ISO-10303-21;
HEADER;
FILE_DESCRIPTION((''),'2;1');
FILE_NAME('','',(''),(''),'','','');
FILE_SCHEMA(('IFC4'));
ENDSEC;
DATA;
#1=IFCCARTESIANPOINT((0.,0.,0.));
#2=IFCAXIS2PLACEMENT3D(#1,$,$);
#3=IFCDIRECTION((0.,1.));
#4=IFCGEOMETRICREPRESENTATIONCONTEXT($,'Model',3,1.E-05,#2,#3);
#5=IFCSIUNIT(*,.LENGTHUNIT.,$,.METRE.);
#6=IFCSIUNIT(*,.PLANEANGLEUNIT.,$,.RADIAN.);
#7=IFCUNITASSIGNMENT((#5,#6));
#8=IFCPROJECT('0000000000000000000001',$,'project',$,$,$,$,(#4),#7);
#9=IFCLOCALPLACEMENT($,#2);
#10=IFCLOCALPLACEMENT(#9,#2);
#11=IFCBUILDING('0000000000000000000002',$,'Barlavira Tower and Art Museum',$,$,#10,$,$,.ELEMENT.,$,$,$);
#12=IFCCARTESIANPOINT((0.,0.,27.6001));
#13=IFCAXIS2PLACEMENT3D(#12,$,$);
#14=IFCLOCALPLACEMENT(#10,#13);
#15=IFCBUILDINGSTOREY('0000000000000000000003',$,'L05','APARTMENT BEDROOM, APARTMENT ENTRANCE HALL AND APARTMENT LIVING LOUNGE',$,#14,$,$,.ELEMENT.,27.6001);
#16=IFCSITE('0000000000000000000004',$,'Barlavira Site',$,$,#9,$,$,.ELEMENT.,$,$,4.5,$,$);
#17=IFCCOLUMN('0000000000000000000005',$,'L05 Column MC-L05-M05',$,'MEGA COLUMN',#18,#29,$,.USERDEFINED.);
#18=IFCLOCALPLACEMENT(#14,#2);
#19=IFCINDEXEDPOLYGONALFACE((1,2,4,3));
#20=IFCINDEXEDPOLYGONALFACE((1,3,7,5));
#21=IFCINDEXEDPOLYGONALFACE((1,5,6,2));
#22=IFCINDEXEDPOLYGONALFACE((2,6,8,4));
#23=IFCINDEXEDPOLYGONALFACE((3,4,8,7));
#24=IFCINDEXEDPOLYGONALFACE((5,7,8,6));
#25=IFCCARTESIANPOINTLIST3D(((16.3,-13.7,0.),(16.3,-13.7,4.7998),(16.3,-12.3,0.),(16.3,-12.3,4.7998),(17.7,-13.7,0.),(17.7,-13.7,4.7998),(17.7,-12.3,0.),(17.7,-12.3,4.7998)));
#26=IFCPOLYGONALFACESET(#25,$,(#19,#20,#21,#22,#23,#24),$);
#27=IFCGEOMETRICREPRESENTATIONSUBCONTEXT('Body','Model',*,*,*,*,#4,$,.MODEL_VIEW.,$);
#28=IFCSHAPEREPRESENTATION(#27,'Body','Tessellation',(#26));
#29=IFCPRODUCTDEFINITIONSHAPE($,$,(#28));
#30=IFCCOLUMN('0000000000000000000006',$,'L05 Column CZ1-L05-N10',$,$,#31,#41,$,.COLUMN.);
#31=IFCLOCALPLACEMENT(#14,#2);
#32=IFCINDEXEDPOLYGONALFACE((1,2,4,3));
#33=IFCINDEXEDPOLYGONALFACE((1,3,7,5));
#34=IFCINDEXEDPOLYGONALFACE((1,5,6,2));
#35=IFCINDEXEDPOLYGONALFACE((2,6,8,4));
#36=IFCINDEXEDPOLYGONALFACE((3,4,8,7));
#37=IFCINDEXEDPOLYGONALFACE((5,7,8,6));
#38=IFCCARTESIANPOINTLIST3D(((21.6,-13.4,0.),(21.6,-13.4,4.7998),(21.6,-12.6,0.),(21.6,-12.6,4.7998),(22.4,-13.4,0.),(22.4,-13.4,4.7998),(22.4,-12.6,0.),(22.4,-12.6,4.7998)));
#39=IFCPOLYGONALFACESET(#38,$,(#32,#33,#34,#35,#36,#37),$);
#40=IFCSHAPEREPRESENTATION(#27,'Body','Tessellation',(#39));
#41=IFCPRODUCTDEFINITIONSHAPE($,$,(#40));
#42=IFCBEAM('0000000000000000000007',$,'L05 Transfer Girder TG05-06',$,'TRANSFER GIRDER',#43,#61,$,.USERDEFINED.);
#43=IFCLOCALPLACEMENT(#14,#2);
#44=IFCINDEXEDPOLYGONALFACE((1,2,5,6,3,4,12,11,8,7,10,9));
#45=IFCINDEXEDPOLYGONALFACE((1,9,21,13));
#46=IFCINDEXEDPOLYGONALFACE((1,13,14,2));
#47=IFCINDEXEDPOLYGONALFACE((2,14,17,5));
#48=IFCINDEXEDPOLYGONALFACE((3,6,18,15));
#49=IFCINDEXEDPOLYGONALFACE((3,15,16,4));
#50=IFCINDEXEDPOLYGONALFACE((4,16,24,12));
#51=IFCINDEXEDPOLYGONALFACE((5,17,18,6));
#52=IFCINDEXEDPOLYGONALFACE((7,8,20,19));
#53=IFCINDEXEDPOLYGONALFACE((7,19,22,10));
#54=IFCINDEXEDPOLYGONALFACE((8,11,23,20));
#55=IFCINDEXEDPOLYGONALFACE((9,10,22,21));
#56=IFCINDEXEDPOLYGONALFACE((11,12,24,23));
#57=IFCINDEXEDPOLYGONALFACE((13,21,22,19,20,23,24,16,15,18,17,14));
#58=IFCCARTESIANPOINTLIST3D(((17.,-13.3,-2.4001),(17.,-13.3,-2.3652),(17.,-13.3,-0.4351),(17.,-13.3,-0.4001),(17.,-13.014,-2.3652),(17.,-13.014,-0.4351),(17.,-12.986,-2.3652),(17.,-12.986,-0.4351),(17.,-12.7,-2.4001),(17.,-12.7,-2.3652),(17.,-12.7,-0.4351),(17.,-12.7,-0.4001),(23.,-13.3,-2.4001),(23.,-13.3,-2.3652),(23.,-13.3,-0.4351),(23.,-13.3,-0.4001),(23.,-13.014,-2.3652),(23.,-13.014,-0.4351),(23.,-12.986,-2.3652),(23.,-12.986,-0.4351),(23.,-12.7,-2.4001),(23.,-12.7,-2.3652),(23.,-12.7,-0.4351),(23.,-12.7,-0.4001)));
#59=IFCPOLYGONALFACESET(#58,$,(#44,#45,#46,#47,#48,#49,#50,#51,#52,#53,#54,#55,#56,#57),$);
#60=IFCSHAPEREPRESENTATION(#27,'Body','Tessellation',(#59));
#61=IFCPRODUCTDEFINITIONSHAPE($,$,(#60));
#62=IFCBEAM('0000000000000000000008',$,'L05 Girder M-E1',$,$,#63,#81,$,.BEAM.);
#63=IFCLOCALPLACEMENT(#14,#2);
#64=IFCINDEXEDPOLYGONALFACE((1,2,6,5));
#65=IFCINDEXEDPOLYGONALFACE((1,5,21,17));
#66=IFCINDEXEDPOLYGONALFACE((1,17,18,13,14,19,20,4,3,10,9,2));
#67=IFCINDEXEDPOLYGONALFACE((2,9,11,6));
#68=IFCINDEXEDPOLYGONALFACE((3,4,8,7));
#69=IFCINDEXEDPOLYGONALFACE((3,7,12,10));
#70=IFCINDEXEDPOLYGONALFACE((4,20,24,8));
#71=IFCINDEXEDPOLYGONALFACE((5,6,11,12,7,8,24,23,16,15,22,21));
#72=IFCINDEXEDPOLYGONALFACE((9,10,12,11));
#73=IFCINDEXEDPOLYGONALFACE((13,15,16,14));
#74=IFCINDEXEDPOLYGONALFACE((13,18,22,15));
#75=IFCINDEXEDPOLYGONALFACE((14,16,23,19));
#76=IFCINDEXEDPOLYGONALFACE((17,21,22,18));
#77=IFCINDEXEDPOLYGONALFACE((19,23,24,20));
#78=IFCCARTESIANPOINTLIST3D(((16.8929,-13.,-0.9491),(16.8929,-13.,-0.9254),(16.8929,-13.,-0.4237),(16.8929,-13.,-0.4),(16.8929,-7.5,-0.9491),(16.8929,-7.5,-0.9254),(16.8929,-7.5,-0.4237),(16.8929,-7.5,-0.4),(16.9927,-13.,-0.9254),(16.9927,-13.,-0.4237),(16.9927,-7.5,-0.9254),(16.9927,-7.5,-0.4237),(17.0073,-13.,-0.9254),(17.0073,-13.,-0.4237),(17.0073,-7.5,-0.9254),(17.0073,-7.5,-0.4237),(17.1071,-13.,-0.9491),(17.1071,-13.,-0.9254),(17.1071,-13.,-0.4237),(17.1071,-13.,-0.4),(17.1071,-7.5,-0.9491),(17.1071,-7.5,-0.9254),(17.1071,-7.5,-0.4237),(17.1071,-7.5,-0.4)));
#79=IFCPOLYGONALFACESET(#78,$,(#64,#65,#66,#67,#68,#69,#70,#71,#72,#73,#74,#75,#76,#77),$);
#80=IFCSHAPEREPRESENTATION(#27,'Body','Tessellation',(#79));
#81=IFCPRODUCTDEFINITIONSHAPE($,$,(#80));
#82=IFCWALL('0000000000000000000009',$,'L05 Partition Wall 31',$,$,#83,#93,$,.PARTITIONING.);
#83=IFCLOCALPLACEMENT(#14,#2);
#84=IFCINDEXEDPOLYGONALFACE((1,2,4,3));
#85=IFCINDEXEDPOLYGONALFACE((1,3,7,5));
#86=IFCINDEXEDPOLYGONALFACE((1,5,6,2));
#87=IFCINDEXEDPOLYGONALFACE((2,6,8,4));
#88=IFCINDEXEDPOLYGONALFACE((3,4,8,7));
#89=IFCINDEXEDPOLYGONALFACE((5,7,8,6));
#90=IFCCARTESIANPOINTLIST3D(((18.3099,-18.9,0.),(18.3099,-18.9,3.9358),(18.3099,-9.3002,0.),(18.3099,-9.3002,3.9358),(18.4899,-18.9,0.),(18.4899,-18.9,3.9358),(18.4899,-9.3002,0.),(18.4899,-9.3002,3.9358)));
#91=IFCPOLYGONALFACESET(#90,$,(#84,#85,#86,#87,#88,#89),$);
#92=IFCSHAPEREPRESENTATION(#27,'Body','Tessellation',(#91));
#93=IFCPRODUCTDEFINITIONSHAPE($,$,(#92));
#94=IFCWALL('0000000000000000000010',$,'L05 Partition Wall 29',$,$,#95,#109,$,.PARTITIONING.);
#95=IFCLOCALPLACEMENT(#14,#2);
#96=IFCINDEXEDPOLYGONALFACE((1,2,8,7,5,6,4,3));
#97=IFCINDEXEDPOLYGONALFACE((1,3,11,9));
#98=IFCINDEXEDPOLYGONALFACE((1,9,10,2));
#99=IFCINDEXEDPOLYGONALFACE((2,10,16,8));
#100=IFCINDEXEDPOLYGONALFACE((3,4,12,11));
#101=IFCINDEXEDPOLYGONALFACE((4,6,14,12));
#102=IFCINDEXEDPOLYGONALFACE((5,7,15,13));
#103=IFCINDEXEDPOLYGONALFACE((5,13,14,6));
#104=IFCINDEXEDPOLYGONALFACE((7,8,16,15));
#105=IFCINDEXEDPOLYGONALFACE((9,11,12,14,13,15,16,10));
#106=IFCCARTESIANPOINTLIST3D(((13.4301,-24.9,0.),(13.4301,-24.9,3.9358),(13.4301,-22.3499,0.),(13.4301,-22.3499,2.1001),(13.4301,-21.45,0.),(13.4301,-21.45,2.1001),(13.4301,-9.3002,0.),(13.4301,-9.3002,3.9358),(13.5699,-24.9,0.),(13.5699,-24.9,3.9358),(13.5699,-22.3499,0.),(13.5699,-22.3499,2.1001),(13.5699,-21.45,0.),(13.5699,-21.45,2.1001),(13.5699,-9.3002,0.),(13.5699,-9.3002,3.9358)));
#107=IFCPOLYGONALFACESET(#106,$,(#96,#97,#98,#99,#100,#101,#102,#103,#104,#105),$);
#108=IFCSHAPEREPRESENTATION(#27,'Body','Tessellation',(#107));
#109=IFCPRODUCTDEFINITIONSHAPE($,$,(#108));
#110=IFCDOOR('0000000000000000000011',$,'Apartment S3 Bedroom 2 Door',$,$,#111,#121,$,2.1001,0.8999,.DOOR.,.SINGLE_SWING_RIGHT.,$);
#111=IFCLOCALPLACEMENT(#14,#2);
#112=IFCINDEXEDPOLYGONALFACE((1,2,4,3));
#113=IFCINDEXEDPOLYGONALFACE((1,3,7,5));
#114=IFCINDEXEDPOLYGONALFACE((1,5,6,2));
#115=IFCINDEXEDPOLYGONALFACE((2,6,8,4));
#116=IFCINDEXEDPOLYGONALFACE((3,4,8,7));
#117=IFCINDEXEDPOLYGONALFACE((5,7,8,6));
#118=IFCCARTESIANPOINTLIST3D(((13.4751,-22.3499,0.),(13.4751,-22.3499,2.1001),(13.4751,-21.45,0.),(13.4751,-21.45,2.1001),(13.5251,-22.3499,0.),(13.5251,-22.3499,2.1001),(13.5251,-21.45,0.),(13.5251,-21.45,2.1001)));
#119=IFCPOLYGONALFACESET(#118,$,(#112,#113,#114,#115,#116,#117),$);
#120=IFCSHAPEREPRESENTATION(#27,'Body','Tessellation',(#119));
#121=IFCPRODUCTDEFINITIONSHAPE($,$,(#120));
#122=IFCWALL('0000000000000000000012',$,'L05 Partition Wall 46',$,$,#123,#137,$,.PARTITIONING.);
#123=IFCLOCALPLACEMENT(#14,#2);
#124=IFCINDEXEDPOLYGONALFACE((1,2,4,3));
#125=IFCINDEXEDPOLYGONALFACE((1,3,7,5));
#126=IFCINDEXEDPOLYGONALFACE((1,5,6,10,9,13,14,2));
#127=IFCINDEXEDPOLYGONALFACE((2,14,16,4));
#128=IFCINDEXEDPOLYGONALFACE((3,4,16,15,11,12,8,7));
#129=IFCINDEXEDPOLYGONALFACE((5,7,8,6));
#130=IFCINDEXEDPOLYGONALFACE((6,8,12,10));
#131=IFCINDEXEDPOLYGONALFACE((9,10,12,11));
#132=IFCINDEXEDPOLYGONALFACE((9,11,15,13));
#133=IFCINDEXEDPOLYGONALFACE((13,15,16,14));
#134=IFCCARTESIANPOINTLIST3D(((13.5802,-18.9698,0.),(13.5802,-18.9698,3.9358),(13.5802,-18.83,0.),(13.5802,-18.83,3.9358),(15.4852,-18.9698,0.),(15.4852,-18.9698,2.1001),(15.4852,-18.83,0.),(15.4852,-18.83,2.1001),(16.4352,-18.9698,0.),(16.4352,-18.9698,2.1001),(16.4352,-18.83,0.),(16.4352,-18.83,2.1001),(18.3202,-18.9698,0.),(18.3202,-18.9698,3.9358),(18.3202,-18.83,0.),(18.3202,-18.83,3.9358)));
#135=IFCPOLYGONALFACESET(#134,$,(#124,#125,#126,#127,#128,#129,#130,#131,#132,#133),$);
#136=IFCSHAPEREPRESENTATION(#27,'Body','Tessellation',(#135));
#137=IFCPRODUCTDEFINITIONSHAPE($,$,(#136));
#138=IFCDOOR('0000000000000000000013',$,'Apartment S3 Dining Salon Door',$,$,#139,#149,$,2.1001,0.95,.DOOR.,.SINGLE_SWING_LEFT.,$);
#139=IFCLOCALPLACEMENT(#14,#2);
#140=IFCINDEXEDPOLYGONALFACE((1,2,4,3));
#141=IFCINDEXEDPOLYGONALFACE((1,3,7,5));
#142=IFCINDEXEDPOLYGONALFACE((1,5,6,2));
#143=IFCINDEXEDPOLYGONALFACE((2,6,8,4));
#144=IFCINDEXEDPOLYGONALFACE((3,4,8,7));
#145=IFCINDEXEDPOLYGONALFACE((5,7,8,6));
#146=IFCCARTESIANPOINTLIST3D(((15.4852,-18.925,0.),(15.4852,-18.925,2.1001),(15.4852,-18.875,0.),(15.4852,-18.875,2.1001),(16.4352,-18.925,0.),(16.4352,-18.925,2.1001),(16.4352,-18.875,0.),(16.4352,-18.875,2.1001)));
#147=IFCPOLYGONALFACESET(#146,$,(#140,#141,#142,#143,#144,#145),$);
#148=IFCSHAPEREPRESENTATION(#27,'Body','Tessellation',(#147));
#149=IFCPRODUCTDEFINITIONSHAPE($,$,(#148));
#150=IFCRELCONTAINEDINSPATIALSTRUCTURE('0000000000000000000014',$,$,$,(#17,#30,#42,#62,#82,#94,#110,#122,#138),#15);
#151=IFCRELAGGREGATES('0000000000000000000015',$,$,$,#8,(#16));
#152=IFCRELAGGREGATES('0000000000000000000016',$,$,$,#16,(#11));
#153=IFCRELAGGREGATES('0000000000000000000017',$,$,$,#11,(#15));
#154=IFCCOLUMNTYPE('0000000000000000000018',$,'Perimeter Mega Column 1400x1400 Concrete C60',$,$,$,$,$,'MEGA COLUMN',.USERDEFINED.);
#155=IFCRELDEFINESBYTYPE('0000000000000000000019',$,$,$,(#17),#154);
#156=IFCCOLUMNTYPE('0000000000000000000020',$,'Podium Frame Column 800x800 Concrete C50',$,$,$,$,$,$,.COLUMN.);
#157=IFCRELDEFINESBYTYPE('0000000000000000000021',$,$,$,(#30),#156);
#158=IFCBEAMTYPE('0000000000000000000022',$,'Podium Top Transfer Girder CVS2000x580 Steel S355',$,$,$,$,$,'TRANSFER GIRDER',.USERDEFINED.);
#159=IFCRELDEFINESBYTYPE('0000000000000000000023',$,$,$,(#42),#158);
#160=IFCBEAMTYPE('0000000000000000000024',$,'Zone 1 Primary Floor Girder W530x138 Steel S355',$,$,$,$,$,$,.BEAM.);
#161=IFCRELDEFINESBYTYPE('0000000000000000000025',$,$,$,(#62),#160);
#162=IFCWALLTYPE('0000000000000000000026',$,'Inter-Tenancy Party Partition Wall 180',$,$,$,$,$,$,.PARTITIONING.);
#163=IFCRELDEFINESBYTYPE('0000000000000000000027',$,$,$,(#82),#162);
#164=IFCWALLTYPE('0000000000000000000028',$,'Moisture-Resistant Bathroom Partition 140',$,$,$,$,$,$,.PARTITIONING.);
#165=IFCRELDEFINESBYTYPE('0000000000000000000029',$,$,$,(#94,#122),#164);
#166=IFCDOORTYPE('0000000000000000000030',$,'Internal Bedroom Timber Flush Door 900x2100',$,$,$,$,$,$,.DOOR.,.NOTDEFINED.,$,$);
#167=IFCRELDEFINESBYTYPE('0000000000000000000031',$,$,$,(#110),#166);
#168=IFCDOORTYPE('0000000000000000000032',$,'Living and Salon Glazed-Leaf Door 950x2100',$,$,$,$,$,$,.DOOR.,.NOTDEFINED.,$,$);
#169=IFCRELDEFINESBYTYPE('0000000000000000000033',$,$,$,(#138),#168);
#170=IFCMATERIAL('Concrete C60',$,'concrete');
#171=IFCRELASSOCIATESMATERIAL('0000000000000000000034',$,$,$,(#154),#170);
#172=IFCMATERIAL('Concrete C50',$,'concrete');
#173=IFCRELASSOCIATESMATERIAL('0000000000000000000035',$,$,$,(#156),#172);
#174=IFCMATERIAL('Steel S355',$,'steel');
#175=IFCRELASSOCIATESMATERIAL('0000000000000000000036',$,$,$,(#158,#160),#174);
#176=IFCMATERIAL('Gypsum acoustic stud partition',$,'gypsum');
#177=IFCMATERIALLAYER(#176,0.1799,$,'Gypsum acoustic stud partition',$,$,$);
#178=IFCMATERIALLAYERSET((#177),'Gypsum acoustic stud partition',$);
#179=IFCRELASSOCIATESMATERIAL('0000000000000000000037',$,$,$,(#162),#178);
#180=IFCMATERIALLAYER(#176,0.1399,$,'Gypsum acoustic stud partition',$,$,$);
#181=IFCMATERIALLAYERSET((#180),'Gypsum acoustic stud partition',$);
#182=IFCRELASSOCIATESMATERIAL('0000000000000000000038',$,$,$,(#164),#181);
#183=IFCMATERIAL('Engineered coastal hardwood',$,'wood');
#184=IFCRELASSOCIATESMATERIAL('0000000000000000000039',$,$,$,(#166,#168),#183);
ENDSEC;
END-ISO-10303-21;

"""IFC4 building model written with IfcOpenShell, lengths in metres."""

from ifc_helpers import new_model, si_unit, direction, frame, frame_2d, origin, origin_2d, place, context, subcontext, project, spatial, rectangle, i_section, extrude, material, layer, layer_set, material_profile, profile_set, type_object, element, fill, save


model = new_model("IFC4")

# Units and contexts
model_context = context("Model", 3, precision=1e-05, world=origin(), true_north=direction((0.0, 1.0)))
body_context = subcontext(model_context, "Body", "Model", "MODEL_VIEW")
ifc_project = project(units=[si_unit("LENGTHUNIT", "METRE"), si_unit("PLANEANGLEUNIT", "RADIAN")], contexts=[model_context])

# Site, building, storey
site_placement = place(None, origin())
site = spatial("IfcSite", under=ifc_project, at=site_placement, Name="Barlavira Site", CompositionType="ELEMENT", RefElevation=4.5)
building_placement = place(site_placement, origin())
building = spatial("IfcBuilding", under=site, at=building_placement, Name="Barlavira Tower and Art Museum", CompositionType="ELEMENT")
storey_placement = place(building_placement, frame((0.0, 0.0, 27.6001)))
storey = spatial("IfcBuildingStorey", under=building, at=storey_placement, Name="L05", Description="APARTMENT BEDROOM, APARTMENT ENTRANCE HALL AND APARTMENT LIVING LOUNGE", CompositionType="ELEMENT", Elevation=27.6001)

# Columns
ifc_material_1 = material(Name="Concrete C60", Category="concrete")
ifc_material_profile_1 = material_profile(ifc_material_1, rectangle(XDim=1.3999, YDim=1.3999, at=origin_2d()), Name="RC-MCOL 1400x1400")
ifc_profile_set_1 = profile_set([ifc_material_profile_1], Name="Concrete C60")
column_type_1 = type_object("IfcColumnType", Name="Perimeter Mega Column 1400x1400 Concrete C60", ElementType="MEGA COLUMN", PredefinedType="USERDEFINED", material=ifc_profile_set_1)
column_1_placement = place(storey_placement, frame((17.0, -13.0, 0.0), z_axis=(0.0, 0.0, 1.0), x_axis=(1.0, 0.0, 0.0)))
element("IfcColumn", 1, at=column_1_placement, inside=storey, type_object=column_type_1, Name="L05 Column MC-L05-M05", ObjectType="MEGA COLUMN", PredefinedType="USERDEFINED", context=body_context, shape_type="SweptSolid", body=[
    extrude(rectangle(XDim=1.3999, YDim=1.3999, at=origin_2d()), origin(), (0.0, 0.0, 1.0), 4.7998),
])
ifc_material_2 = material(Name="Concrete C50", Category="concrete")
ifc_material_profile_2 = material_profile(ifc_material_2, rectangle(XDim=0.8, YDim=0.8, at=origin_2d()), Name="RC-COL 800x800")
ifc_profile_set_2 = profile_set([ifc_material_profile_2], Name="Concrete C50")
column_type_2 = type_object("IfcColumnType", Name="Podium Frame Column 800x800 Concrete C50", PredefinedType="COLUMN", material=ifc_profile_set_2)
column_2_placement = place(storey_placement, frame((22.0, -13.0, 0.0), z_axis=(0.0, 0.0, 1.0), x_axis=(1.0, 0.0, 0.0)))
element("IfcColumn", 2, at=column_2_placement, inside=storey, type_object=column_type_2, Name="L05 Column CZ1-L05-N10", PredefinedType="COLUMN", context=body_context, shape_type="SweptSolid", body=[
    extrude(rectangle(XDim=0.8, YDim=0.8, at=origin_2d()), origin(), (0.0, 0.0, 1.0), 4.7998),
])

# Beams
ifc_material_3 = material(Name="Steel S355", Category="steel")
ifc_material_profile_3 = material_profile(ifc_material_3, i_section(OverallWidth=0.6001, OverallDepth=2.0, WebThickness=0.0281, FlangeThickness=0.0349, at=origin_2d()), Name="CVS2000x580")
ifc_profile_set_3 = profile_set([ifc_material_profile_3], Name="Steel S355")
beam_type_1 = type_object("IfcBeamType", Name="Podium Top Transfer Girder CVS2000x580 Steel S355", ElementType="TRANSFER GIRDER", PredefinedType="USERDEFINED", material=ifc_profile_set_3)
beam_1_placement = place(storey_placement, frame((17.0, -13.0, -1.4001), z_axis=(1.0, 0.0, 0.0), x_axis=(0.0, 1.0, 0.0)))
element("IfcBeam", 3, at=beam_1_placement, inside=storey, type_object=beam_type_1, Name="L05 Transfer Girder TG05-06", ObjectType="TRANSFER GIRDER", PredefinedType="USERDEFINED", context=body_context, shape_type="SweptSolid", body=[
    extrude(i_section(OverallWidth=0.6001, OverallDepth=2.0, WebThickness=0.0281, FlangeThickness=0.0349, at=origin_2d()), origin(), (0.0, 0.0, 1.0), 6.0),
])
ifc_material_profile_4 = material_profile(ifc_material_3, i_section(OverallWidth=0.2141, OverallDepth=0.5491, WebThickness=0.0146, FlangeThickness=0.0237, at=origin_2d()), Name="W530x138.0")
ifc_profile_set_4 = profile_set([ifc_material_profile_4], Name="Steel S355")
beam_type_2 = type_object("IfcBeamType", Name="Zone 1 Primary Floor Girder W530x138 Steel S355", PredefinedType="BEAM", material=ifc_profile_set_4)
beam_2_placement = place(storey_placement, frame((17.0, -13.0, -0.6746), z_axis=(0.0, 1.0, 0.0), x_axis=(-1.0, 0.0, 0.0)))
element("IfcBeam", 4, at=beam_2_placement, inside=storey, type_object=beam_type_2, Name="L05 Girder M-E1", PredefinedType="BEAM", context=body_context, shape_type="SweptSolid", body=[
    extrude(i_section(OverallWidth=0.2141, OverallDepth=0.5491, WebThickness=0.0146, FlangeThickness=0.0237, at=origin_2d()), origin(), (0.0, 0.0, 1.0), 5.5),
])

# Wall
ifc_material_4 = material(Name="Gypsum acoustic stud partition", Category="gypsum")
ifc_layer_1 = layer(ifc_material_4, 0.1799, Name="Gypsum acoustic stud partition")
ifc_layer_set_1 = layer_set([ifc_layer_1], Name="Gypsum acoustic stud partition")
wall_type_1 = type_object("IfcWallType", Name="Inter-Tenancy Party Partition Wall 180", PredefinedType="PARTITIONING", material=ifc_layer_set_1)
wall_1_placement = place(storey_placement, frame((18.3999, -18.8999, 0.0), z_axis=(0.0, 0.0, 1.0), x_axis=(0.0, 1.0, 0.0)))
element("IfcWall", 5, at=wall_1_placement, inside=storey, type_object=wall_type_1, Name="L05 Partition Wall 31", PredefinedType="PARTITIONING", context=body_context, shape_type="SweptSolid", body=[
    extrude(rectangle(XDim=9.5999, YDim=0.1799, at=frame_2d((4.7998, 0.0))), origin(), (0.0, 0.0, 1.0), 3.9358),
])

# Walls, openings, doors
ifc_layer_2 = layer(ifc_material_4, 0.1399, Name="Gypsum acoustic stud partition")
ifc_layer_set_2 = layer_set([ifc_layer_2], Name="Gypsum acoustic stud partition")
wall_type_2 = type_object("IfcWallType", Name="Moisture-Resistant Bathroom Partition 140", PredefinedType="PARTITIONING", material=ifc_layer_set_2)
wall_2_placement = place(storey_placement, frame((13.5, -24.8999, 0.0), z_axis=(0.0, 0.0, 1.0), x_axis=(0.0, 1.0, 0.0)))
wall_2 = element("IfcWall", 6, at=wall_2_placement, inside=storey, type_object=wall_type_2, Name="L05 Partition Wall 29", PredefinedType="PARTITIONING", context=body_context, shape_type="SweptSolid", body=[
    extrude(rectangle(XDim=15.5999, YDim=0.1399, at=frame_2d((7.7998, 0.0))), origin(), (0.0, 0.0, 1.0), 3.9358),
])
opening_1_placement = place(wall_2_placement, frame((2.55, 0.0, 0.0)))
opening_1 = element("IfcOpeningElement", 7, at=opening_1_placement, cuts=wall_2, PredefinedType="OPENING", context=body_context, shape_type="SweptSolid", body=[
    extrude(rectangle(XDim=0.8999, YDim=2.1001, at=frame_2d((0.45, 1.05))), frame((0.0, 0.0801, 0.0), z_axis=(0.0, -1.0, 0.0), x_axis=(1.0, 0.0, 0.0)), (0.0, 0.0, 1.0), 0.1599),
])
ifc_material_5 = material(Name="Engineered coastal hardwood", Category="wood")
door_type_1 = type_object("IfcDoorType", Name="Internal Bedroom Timber Flush Door 900x2100", OperationType="NOTDEFINED", PredefinedType="DOOR", material=ifc_material_5)
door_1_placement = place(opening_1_placement, origin())
door_1 = element("IfcDoor", 8, at=door_1_placement, inside=storey, type_object=door_type_1, Name="Apartment S3 Bedroom 2 Door", OperationType="SINGLE_SWING_RIGHT", OverallHeight=2.1001, OverallWidth=0.8999, PredefinedType="DOOR", context=body_context, shape_type="SweptSolid", body=[
    extrude(rectangle(XDim=0.8999, YDim=2.1001, at=frame_2d((0.45, 1.05))), frame((0.0, 0.0249, 0.0), z_axis=(0.0, -1.0, 0.0), x_axis=(1.0, 0.0, 0.0)), (0.0, 0.0, 1.0), 0.05),
])
fill(opening_1, door_1)
wall_3_placement = place(storey_placement, frame((13.5801, -18.8999, 0.0), z_axis=(0.0, 0.0, 1.0), x_axis=(1.0, 0.0, 0.0)))
wall_3 = element("IfcWall", 9, at=wall_3_placement, inside=storey, type_object=wall_type_2, Name="L05 Partition Wall 46", PredefinedType="PARTITIONING", context=body_context, shape_type="SweptSolid", body=[
    extrude(rectangle(XDim=4.74, YDim=0.1399, at=frame_2d((2.3701, 0.0))), origin(), (0.0, 0.0, 1.0), 3.9358),
])
opening_2_placement = place(wall_3_placement, frame((1.905, 0.0, 0.0)))
opening_2 = element("IfcOpeningElement", 10, at=opening_2_placement, cuts=wall_3, PredefinedType="OPENING", context=body_context, shape_type="SweptSolid", body=[
    extrude(rectangle(XDim=0.95, YDim=2.1001, at=frame_2d((0.4751, 1.05))), frame((0.0, 0.0801, 0.0), z_axis=(0.0, -1.0, 0.0), x_axis=(1.0, 0.0, 0.0)), (0.0, 0.0, 1.0), 0.1599),
])
door_type_2 = type_object("IfcDoorType", Name="Living and Salon Glazed-Leaf Door 950x2100", OperationType="NOTDEFINED", PredefinedType="DOOR", material=ifc_material_5)
door_2_placement = place(opening_2_placement, origin())
door_2 = element("IfcDoor", 11, at=door_2_placement, inside=storey, type_object=door_type_2, Name="Apartment S3 Dining Salon Door", OperationType="SINGLE_SWING_LEFT", OverallHeight=2.1001, OverallWidth=0.95, PredefinedType="DOOR", context=body_context, shape_type="SweptSolid", body=[
    extrude(rectangle(XDim=0.95, YDim=2.1001, at=frame_2d((0.4751, 1.05))), frame((0.0, 0.0249, 0.0), z_axis=(0.0, -1.0, 0.0), x_axis=(1.0, 0.0, 0.0)), (0.0, 0.0, 1.0), 0.05),
])
fill(opening_2, door_2)

save(model, "model.ifc")
